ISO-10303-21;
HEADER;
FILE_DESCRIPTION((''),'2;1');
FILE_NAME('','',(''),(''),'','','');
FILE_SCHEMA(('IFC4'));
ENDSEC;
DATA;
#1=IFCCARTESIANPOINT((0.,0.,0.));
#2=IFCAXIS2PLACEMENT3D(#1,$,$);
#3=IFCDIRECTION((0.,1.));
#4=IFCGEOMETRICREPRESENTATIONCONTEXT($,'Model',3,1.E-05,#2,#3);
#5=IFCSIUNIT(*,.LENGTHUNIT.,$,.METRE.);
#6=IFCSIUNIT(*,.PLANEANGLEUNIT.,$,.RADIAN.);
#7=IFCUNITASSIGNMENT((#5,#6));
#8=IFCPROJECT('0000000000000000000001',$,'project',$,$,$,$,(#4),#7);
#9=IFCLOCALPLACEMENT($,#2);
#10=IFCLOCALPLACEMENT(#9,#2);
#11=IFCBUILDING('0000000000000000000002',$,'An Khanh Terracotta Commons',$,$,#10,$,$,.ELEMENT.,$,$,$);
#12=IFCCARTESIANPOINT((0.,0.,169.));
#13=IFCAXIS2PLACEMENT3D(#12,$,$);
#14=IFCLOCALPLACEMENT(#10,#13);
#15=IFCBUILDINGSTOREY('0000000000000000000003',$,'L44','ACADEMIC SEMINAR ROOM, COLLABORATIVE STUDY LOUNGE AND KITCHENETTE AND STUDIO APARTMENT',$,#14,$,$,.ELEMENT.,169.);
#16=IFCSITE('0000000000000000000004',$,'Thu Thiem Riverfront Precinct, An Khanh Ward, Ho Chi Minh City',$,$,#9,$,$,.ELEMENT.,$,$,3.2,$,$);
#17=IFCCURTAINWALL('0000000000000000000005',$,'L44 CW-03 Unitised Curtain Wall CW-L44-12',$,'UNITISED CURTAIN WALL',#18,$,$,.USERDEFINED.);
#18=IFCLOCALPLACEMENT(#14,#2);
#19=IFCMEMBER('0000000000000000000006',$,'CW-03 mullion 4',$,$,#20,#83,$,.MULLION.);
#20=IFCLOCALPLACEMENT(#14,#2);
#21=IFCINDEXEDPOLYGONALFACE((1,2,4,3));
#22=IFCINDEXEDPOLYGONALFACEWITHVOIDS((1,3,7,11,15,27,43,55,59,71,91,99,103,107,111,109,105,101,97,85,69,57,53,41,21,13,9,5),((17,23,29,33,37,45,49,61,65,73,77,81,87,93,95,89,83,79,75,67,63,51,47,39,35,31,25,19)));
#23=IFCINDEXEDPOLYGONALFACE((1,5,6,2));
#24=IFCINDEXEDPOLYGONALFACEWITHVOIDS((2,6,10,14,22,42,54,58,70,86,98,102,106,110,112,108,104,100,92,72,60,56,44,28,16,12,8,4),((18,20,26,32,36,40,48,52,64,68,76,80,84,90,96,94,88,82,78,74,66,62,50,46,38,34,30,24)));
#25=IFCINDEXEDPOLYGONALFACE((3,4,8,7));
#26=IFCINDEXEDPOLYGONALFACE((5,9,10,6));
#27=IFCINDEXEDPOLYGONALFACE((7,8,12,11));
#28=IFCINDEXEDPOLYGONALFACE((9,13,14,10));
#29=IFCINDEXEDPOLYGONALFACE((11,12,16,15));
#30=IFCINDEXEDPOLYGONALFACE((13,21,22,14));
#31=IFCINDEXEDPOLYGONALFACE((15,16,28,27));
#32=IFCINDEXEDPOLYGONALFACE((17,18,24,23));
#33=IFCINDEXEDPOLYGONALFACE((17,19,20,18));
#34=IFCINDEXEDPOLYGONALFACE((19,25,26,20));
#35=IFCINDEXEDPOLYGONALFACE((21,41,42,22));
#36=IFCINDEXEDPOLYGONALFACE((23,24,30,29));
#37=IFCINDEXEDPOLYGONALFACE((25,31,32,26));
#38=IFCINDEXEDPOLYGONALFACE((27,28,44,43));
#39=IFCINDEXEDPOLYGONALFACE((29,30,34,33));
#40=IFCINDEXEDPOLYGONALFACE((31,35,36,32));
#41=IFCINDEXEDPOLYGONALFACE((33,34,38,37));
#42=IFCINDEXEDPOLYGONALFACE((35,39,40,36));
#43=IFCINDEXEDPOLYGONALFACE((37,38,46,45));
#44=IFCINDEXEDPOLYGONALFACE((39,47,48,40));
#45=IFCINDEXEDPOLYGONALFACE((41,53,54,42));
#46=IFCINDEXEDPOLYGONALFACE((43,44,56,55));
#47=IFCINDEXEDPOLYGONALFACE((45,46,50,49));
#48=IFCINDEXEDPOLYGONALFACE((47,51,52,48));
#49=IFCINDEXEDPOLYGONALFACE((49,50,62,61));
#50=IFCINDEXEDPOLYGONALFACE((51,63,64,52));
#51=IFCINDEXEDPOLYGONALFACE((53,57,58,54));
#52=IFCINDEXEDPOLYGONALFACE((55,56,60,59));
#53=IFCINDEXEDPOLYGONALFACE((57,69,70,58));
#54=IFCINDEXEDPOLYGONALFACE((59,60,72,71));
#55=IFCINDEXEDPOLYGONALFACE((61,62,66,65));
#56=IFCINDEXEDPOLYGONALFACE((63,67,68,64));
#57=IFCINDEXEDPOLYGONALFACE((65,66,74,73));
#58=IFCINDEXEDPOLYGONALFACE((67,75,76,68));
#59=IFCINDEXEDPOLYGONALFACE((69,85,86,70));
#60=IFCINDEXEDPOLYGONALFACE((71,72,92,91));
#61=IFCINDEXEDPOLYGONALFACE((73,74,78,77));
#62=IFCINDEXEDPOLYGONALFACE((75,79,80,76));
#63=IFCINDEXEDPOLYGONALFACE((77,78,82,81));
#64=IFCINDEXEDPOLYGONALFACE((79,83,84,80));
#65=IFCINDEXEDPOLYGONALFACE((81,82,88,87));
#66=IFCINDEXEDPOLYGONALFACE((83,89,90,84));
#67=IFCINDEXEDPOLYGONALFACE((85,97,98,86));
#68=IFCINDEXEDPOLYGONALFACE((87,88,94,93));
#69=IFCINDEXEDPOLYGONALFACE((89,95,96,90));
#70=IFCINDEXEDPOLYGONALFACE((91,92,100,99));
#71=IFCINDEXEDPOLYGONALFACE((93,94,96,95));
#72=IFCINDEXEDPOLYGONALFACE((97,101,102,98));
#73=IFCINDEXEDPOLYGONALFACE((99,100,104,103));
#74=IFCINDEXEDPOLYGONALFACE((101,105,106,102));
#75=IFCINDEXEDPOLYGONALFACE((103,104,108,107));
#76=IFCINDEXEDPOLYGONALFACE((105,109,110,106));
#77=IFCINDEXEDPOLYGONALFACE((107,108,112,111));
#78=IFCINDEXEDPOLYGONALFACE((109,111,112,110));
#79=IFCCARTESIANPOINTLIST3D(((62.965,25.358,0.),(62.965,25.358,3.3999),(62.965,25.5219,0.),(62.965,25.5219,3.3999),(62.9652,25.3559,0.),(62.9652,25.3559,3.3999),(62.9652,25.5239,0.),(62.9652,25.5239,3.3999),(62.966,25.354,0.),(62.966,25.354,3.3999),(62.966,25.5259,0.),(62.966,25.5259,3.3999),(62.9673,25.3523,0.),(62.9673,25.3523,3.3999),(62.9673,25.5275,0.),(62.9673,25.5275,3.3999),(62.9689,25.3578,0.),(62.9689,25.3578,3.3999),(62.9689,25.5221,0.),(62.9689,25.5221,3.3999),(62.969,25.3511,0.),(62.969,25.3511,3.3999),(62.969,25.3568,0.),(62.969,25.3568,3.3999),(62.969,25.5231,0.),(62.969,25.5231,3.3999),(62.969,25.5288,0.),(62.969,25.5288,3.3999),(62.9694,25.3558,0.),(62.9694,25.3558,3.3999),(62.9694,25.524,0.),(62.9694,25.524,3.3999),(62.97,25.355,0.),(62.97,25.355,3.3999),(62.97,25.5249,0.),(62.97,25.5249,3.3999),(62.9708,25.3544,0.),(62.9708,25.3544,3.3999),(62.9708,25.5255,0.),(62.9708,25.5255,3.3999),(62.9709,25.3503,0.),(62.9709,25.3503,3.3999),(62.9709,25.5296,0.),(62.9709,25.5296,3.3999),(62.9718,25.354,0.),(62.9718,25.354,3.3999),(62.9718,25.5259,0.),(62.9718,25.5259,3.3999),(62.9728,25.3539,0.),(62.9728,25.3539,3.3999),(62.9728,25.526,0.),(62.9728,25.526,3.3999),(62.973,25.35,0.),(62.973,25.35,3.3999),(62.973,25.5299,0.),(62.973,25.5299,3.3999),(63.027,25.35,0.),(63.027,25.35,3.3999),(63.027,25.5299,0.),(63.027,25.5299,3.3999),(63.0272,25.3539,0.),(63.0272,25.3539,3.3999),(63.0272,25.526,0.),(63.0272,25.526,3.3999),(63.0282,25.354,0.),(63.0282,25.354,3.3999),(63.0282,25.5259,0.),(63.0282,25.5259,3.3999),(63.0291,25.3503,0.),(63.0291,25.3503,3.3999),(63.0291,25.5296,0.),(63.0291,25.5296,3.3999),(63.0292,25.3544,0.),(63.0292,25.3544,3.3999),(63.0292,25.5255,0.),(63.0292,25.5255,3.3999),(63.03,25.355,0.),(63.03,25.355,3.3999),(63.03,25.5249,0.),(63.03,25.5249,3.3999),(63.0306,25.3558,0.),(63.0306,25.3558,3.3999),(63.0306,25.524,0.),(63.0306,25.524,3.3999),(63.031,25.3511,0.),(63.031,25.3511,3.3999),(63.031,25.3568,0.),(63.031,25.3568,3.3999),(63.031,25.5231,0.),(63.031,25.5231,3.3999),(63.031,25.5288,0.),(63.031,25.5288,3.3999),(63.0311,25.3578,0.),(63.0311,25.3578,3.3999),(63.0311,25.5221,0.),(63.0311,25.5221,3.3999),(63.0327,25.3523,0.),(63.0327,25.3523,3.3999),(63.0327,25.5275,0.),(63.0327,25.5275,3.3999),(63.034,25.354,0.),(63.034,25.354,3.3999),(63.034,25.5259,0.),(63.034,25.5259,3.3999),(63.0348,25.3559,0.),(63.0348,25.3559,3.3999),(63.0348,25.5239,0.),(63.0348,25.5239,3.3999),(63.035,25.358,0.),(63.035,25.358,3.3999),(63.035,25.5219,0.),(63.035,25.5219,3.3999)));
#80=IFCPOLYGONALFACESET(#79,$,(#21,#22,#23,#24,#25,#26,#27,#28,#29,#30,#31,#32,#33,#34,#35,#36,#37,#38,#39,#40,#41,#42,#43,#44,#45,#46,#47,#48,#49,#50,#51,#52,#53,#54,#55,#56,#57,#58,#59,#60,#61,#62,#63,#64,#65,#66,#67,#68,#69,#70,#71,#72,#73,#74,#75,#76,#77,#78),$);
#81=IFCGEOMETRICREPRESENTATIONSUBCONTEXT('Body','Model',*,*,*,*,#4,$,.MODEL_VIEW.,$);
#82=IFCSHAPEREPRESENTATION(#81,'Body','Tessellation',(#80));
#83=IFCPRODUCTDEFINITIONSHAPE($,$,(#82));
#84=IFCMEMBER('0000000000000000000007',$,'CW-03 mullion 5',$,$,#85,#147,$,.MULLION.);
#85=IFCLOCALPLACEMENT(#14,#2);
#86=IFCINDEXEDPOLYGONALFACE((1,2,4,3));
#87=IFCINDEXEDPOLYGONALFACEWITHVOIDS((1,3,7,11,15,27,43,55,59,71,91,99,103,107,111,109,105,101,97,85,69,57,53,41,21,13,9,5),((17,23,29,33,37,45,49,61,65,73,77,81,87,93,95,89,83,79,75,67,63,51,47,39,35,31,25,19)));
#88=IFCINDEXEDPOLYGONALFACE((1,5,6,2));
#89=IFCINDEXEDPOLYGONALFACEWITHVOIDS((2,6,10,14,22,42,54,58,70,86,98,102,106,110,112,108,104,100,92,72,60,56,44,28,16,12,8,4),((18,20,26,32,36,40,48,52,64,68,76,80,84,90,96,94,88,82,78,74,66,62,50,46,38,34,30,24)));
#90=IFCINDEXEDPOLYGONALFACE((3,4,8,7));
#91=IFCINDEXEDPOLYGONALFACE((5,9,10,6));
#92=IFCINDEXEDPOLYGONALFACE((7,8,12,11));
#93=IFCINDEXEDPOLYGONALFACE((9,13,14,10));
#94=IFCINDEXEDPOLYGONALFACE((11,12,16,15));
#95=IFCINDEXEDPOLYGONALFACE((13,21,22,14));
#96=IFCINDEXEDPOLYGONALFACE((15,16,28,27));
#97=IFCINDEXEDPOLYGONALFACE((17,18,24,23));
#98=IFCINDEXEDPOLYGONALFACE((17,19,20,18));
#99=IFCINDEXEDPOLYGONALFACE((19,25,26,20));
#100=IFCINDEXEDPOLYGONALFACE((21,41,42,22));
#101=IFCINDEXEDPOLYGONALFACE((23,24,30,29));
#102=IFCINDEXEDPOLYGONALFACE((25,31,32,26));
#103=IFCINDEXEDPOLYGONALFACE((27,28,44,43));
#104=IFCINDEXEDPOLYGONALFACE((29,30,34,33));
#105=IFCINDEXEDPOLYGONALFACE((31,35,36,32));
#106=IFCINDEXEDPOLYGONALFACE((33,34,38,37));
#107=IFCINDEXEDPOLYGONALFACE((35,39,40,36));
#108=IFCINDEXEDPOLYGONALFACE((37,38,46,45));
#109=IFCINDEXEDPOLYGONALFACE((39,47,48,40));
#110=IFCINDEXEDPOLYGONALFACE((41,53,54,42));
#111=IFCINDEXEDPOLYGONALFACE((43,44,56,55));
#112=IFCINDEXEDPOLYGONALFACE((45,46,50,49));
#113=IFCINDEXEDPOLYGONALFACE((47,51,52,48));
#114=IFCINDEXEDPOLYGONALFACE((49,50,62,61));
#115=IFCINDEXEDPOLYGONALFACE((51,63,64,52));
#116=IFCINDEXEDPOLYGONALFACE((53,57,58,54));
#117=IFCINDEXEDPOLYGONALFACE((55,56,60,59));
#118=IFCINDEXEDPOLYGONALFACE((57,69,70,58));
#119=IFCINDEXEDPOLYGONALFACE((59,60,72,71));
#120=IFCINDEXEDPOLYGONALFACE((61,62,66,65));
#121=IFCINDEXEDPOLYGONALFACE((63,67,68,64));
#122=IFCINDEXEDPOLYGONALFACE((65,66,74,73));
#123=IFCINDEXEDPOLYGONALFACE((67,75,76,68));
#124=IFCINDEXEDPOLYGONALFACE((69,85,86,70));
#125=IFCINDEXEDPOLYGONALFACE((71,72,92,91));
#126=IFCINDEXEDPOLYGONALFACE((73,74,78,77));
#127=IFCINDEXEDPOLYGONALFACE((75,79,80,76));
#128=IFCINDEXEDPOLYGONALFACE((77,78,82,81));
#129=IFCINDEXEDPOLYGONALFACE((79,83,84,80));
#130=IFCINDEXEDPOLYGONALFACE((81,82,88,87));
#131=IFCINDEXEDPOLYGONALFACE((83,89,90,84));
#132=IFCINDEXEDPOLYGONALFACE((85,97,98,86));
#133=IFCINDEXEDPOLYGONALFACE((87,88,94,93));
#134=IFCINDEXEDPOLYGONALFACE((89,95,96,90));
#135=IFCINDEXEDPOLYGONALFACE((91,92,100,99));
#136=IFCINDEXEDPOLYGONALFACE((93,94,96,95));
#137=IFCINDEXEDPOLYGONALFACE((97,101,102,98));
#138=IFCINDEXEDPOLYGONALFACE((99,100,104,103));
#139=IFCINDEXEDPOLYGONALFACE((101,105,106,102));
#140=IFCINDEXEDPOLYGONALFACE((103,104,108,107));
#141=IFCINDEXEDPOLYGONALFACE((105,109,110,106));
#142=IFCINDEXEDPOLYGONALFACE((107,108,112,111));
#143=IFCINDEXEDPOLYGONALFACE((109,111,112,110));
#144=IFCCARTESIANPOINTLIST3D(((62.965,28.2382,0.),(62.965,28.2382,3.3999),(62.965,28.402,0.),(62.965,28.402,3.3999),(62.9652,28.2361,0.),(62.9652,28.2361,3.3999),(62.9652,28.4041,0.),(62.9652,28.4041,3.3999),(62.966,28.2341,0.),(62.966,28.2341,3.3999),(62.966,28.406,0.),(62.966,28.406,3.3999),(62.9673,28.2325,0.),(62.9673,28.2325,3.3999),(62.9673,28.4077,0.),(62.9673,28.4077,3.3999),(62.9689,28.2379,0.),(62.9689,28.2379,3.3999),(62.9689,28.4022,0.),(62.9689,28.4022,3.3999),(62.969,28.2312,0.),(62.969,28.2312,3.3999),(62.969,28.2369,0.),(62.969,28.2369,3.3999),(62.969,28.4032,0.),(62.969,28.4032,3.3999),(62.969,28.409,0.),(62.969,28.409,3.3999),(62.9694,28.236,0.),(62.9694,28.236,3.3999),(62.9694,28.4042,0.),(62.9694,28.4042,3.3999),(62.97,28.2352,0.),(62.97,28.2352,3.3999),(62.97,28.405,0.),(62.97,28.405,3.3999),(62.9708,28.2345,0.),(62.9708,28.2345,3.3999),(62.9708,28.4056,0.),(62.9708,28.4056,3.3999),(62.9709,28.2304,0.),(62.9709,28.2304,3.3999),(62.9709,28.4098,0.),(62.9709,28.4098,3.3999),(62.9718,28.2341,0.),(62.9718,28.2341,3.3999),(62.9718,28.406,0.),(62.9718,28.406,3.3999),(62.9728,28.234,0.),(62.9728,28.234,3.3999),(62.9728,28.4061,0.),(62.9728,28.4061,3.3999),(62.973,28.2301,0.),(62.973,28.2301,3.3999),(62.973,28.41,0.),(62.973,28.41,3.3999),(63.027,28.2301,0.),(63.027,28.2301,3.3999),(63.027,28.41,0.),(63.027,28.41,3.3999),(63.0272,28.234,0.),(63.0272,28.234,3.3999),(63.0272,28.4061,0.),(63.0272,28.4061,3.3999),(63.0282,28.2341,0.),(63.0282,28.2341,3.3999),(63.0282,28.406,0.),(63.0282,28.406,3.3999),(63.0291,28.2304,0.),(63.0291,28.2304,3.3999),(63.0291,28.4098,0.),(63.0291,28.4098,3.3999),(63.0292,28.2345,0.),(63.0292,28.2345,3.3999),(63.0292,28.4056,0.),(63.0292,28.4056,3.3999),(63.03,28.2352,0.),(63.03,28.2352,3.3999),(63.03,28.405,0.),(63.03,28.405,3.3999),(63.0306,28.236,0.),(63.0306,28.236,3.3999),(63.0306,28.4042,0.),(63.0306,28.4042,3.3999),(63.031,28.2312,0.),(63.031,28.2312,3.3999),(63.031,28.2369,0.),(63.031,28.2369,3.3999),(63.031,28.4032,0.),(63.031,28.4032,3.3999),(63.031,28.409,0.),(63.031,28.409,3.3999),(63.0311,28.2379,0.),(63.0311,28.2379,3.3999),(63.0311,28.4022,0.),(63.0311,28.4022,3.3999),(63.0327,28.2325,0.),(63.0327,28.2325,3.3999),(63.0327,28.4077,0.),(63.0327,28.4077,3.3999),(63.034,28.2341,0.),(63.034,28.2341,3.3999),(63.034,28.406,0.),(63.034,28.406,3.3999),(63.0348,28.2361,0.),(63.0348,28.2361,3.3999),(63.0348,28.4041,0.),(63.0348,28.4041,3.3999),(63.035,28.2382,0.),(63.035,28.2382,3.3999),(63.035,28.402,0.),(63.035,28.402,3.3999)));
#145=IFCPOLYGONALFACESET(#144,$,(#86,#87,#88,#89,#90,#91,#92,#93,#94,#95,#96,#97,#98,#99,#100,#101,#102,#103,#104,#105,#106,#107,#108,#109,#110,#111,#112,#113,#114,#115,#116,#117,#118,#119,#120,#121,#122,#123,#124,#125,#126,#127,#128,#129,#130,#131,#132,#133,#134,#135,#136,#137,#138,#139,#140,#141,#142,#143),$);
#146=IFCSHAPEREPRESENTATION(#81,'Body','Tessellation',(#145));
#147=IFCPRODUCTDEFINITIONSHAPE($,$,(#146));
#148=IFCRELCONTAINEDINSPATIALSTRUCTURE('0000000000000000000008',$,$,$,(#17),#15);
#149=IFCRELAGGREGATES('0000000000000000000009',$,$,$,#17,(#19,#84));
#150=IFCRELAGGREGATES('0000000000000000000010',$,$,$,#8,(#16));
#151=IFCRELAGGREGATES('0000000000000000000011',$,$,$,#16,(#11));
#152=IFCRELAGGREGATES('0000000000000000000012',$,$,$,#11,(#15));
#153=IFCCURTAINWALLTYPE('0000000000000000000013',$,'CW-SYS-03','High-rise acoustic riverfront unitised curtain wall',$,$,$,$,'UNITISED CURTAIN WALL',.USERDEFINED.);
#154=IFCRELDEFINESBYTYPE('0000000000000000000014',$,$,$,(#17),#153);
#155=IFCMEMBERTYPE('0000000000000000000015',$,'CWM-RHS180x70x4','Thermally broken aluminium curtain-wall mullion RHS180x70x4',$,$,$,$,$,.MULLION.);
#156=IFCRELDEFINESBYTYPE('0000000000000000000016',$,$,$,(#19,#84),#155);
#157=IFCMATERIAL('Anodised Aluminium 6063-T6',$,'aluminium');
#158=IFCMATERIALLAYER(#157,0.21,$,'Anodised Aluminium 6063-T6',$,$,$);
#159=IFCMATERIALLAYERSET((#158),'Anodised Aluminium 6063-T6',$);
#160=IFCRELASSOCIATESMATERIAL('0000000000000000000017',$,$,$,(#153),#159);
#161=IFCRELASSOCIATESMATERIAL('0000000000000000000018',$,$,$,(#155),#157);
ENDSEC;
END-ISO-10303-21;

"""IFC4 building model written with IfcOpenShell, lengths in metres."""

from ifc_helpers import new_model, si_unit, direction, frame, origin, origin_2d, place, context, subcontext, project, spatial, hollow_rectangle, extrude, material, layer, layer_set, material_profile, profile_set, type_object, element, aggregate, save


model = new_model("IFC4")

# Units and contexts
model_context = context("Model", 3, precision=1e-05, world=origin(), true_north=direction((0.0, 1.0)))
body_context = subcontext(model_context, "Body", "Model", "MODEL_VIEW")
ifc_project = project(units=[si_unit("LENGTHUNIT", "METRE"), si_unit("PLANEANGLEUNIT", "RADIAN")], contexts=[model_context])

# Site, building, storey
site_placement = place(None, origin())
site = spatial("IfcSite", under=ifc_project, at=site_placement, Name="Thu Thiem Riverfront Precinct, An Khanh Ward, Ho Chi Minh City", CompositionType="ELEMENT", RefElevation=3.2)
building_placement = place(site_placement, origin())
building = spatial("IfcBuilding", under=site, at=building_placement, Name="An Khanh Terracotta Commons", CompositionType="ELEMENT")
storey_placement = place(building_placement, frame((0.0, 0.0, 169.0)))
storey = spatial("IfcBuildingStorey", under=building, at=storey_placement, Name="L44", Description="ACADEMIC SEMINAR ROOM, COLLABORATIVE STUDY LOUNGE AND KITCHENETTE AND STUDIO APARTMENT", CompositionType="ELEMENT", Elevation=169.0)

# Curtain wall, members
ifc_material_1 = material(Name="Anodised Aluminium 6063-T6", Category="aluminium")
ifc_layer_1 = layer(ifc_material_1, 0.21, Name="Anodised Aluminium 6063-T6")
ifc_layer_set_1 = layer_set([ifc_layer_1], Name="Anodised Aluminium 6063-T6")
curtain_wall_type = type_object("IfcCurtainWallType", Name="CW-SYS-03", Description="High-rise acoustic riverfront unitised curtain wall", ElementType="UNITISED CURTAIN WALL", PredefinedType="USERDEFINED", material=ifc_layer_set_1)
curtain_wall_1_placement = place(storey_placement, origin())
curtain_wall_1 = element("IfcCurtainWall", 1, at=curtain_wall_1_placement, inside=storey, type_object=curtain_wall_type, Name="L44 CW-03 Unitised Curtain Wall CW-L44-12", ObjectType="UNITISED CURTAIN WALL", PredefinedType="USERDEFINED")
ifc_material_profile_1 = material_profile(ifc_material_1, hollow_rectangle(XDim=0.0701, YDim=0.1799, WallThickness=0.0039, InnerFilletRadius=0.0039, OuterFilletRadius=0.0081, at=origin_2d()), Name="RHS180x70x4")
ifc_profile_set_1 = profile_set([ifc_material_profile_1], Name="Anodised Aluminium 6063-T6")
member_type_1 = type_object("IfcMemberType", Name="CWM-RHS180x70x4", Description="Thermally broken aluminium curtain-wall mullion RHS180x70x4", PredefinedType="MULLION", material=ifc_profile_set_1)
member_1_placement = place(storey_placement, frame((63.0, 25.4399, 0.0), z_axis=(0.0, 0.0, 1.0), x_axis=(-1.0, 0.0, 0.0)))
member_1 = element("IfcMember", 2, at=member_1_placement, type_object=member_type_1, Name="CW-03 mullion 4", PredefinedType="MULLION", context=body_context, shape_type="SweptSolid", body=[
    extrude(hollow_rectangle(XDim=0.0701, YDim=0.1799, WallThickness=0.0039, InnerFilletRadius=0.0039, OuterFilletRadius=0.0081, at=origin_2d()), origin(), (0.0, 0.0, 1.0), 3.3999),
])
member_2_placement = place(storey_placement, frame((63.0, 28.3201, 0.0), z_axis=(0.0, 0.0, 1.0), x_axis=(-1.0, 0.0, 0.0)))
member_2 = element("IfcMember", 3, at=member_2_placement, type_object=member_type_1, Name="CW-03 mullion 5", PredefinedType="MULLION", context=body_context, shape_type="SweptSolid", body=[
    extrude(hollow_rectangle(XDim=0.0701, YDim=0.1799, WallThickness=0.0039, InnerFilletRadius=0.0039, OuterFilletRadius=0.0081, at=origin_2d()), origin(), (0.0, 0.0, 1.0), 3.3999),
])

aggregate(curtain_wall_1, [member_1, member_2])

save(model, "model.ifc")
